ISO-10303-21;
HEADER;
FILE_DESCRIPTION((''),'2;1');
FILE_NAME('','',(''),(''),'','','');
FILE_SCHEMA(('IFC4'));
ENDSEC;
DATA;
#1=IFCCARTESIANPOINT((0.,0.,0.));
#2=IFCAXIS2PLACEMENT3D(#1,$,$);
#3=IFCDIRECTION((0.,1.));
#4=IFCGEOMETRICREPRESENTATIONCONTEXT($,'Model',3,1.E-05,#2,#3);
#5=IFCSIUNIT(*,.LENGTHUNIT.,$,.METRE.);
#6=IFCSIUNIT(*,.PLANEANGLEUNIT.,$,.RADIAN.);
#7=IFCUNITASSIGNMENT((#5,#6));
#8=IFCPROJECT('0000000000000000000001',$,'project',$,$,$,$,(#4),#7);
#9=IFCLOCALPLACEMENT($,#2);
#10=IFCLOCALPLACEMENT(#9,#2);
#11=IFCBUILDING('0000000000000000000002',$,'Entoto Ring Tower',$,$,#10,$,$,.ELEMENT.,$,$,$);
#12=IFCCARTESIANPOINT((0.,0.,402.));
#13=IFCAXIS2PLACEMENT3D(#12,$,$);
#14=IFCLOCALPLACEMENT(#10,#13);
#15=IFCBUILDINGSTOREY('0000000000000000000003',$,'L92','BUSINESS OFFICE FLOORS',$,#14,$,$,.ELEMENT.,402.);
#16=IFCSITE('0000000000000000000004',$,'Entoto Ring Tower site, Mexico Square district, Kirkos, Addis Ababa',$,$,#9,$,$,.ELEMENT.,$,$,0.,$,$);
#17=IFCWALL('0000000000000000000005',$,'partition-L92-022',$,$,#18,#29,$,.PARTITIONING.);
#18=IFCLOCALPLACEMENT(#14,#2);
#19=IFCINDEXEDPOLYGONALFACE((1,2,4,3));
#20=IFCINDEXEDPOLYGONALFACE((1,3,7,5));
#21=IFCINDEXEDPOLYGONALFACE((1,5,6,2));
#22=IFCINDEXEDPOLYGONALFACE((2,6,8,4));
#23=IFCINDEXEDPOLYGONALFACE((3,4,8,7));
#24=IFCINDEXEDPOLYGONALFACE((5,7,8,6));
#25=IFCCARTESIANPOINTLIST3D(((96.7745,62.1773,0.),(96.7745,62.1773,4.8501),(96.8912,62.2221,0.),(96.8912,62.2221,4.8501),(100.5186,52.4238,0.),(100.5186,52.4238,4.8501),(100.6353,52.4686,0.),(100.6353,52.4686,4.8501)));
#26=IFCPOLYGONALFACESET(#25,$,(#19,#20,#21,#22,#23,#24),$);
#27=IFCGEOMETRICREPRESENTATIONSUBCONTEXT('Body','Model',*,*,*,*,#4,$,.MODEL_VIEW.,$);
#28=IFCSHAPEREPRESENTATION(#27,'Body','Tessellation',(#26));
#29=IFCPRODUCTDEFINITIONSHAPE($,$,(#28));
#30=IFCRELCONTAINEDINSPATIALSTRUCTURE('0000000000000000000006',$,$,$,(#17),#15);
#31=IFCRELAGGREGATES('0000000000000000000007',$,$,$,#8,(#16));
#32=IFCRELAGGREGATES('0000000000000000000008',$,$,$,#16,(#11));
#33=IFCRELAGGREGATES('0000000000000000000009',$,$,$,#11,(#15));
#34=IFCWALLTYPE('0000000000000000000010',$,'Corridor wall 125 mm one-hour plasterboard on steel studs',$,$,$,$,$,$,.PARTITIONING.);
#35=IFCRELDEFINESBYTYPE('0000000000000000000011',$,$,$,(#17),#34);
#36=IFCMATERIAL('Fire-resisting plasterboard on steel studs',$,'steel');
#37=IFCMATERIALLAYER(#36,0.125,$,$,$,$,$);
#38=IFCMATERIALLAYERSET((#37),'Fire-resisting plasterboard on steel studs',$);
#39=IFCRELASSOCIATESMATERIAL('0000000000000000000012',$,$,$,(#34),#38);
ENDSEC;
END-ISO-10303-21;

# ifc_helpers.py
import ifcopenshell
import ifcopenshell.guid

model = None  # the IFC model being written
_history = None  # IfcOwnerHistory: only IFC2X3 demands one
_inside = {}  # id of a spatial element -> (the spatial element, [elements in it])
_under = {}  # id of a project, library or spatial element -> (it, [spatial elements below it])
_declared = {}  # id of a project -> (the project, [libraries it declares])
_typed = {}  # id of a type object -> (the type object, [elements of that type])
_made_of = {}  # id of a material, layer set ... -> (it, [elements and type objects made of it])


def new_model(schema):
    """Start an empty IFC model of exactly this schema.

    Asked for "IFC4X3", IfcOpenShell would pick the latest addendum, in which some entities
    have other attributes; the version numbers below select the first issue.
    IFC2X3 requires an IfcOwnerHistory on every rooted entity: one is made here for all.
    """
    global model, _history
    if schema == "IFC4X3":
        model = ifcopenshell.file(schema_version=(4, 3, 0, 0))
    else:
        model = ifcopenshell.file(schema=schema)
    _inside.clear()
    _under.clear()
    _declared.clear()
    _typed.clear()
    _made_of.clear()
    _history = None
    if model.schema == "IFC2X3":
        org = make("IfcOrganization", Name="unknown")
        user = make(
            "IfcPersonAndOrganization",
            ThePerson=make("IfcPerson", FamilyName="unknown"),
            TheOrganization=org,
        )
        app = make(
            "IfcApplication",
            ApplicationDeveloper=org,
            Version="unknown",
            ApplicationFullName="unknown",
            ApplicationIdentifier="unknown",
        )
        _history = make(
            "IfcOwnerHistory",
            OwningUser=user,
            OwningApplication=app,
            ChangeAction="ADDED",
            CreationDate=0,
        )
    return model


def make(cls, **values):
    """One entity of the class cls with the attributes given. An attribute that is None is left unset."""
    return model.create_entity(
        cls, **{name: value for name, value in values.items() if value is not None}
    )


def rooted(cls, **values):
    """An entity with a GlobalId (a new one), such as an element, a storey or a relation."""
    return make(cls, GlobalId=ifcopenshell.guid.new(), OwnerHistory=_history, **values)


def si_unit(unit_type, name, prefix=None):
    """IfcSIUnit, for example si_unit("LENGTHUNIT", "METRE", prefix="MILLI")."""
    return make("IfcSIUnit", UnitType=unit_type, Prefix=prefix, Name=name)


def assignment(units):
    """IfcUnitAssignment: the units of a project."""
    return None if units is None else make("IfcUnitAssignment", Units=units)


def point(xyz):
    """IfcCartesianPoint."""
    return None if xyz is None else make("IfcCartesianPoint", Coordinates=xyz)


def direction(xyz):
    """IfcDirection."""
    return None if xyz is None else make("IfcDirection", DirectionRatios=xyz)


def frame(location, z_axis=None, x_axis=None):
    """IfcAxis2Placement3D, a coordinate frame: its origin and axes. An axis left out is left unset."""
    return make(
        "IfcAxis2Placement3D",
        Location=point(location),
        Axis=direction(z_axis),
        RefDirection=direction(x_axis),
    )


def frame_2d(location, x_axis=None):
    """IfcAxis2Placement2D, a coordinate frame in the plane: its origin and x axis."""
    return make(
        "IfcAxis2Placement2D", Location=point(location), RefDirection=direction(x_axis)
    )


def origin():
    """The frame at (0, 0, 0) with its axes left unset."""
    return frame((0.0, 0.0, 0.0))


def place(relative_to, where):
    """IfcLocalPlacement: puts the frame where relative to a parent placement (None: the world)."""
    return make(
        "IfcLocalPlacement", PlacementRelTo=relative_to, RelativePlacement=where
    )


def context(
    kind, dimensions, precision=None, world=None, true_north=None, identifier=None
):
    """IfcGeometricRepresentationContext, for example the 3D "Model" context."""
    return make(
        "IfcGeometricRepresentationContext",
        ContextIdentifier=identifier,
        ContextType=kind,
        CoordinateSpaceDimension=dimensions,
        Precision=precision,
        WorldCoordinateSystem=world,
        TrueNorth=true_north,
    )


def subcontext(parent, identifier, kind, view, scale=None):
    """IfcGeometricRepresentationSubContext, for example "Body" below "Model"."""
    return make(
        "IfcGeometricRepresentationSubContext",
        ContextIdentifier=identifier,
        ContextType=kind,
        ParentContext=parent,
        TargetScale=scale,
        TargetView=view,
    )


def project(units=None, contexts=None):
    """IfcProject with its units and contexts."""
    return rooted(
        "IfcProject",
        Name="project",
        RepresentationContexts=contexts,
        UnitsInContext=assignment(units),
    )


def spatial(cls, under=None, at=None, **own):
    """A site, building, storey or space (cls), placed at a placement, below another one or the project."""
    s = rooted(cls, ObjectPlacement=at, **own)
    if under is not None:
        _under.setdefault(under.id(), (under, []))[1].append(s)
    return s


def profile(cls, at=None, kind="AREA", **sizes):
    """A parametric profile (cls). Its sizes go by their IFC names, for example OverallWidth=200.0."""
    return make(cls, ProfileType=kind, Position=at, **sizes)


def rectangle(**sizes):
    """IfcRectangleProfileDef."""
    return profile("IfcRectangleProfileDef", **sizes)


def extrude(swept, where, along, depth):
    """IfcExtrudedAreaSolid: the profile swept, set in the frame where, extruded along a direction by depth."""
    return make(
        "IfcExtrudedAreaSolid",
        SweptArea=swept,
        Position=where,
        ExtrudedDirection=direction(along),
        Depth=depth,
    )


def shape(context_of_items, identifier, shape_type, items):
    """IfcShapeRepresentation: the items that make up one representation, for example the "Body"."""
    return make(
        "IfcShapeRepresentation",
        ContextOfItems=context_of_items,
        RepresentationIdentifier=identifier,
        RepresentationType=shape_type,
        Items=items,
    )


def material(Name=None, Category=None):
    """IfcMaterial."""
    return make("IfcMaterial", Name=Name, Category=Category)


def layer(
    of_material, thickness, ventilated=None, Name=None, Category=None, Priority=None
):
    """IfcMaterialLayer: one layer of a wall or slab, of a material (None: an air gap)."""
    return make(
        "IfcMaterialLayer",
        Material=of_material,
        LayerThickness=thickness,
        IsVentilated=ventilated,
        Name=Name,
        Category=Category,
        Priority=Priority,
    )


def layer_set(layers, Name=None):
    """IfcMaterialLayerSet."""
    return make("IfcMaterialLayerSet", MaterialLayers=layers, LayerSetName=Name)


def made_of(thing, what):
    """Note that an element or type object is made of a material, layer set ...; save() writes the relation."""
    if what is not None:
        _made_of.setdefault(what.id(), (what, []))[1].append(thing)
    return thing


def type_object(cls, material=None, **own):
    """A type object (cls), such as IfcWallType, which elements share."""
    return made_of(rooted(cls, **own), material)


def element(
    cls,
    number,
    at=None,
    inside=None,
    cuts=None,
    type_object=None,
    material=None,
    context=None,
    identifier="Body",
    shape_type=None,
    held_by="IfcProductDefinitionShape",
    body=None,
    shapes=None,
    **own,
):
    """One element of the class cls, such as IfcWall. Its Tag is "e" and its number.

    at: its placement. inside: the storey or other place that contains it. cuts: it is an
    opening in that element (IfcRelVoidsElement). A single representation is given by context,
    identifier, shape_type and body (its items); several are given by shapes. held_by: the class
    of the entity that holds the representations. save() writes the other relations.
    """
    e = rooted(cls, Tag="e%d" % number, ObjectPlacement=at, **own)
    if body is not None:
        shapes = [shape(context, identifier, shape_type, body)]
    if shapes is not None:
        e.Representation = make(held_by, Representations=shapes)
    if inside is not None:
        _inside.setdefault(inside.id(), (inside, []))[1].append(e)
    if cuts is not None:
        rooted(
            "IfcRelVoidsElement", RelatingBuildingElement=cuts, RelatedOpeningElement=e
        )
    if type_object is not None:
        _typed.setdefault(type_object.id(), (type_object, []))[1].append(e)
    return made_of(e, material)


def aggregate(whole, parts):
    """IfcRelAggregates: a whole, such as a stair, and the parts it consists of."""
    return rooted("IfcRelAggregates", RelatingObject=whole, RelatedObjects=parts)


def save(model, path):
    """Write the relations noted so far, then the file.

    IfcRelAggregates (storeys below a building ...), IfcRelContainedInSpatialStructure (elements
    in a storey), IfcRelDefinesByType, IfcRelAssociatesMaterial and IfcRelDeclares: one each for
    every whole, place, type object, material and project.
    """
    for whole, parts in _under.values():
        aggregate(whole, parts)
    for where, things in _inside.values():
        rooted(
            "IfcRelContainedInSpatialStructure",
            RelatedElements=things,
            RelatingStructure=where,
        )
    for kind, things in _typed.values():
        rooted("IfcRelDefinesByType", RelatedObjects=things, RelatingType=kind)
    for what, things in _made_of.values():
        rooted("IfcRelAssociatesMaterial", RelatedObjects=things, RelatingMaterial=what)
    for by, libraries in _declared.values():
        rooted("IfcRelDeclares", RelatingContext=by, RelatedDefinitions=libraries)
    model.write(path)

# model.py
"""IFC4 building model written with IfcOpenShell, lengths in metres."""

from ifc_helpers import new_model, si_unit, direction, frame, frame_2d, origin, place, context, subcontext, project, spatial, rectangle, extrude, material, layer, layer_set, type_object, element, save


model = new_model("IFC4")

# Units and contexts
model_context = context("Model", 3, precision=1e-05, world=origin(), true_north=direction((0.0, 1.0)))
body_context = subcontext(model_context, "Body", "Model", "MODEL_VIEW")
ifc_project = project(units=[si_unit("LENGTHUNIT", "METRE"), si_unit("PLANEANGLEUNIT", "RADIAN")], contexts=[model_context])

# Site, building, storey
site_placement = place(None, origin())
site = spatial("IfcSite", under=ifc_project, at=site_placement, Name="Entoto Ring Tower site, Mexico Square district, Kirkos, Addis Ababa", CompositionType="ELEMENT", RefElevation=0.0)
building_placement = place(site_placement, origin())
building = spatial("IfcBuilding", under=site, at=building_placement, Name="Entoto Ring Tower", CompositionType="ELEMENT")
storey_placement = place(building_placement, frame((0.0, 0.0, 402.0)))
storey = spatial("IfcBuildingStorey", under=building, at=storey_placement, Name="L92", Description="BUSINESS OFFICE FLOORS", CompositionType="ELEMENT", Elevation=402.0)

# Shared definitions
ifc_material_1 = material(Name="Fire-resisting plasterboard on steel studs", Category="steel")
ifc_layer = layer(ifc_material_1, 0.125)
ifc_layer_set = layer_set([ifc_layer], Name="Fire-resisting plasterboard on steel studs")
wall_type = type_object("IfcWallType", Name="Corridor wall 125 mm one-hour plasterboard on steel studs", PredefinedType="PARTITIONING", material=ifc_layer_set)

# Wall
wall_1_placement = place(storey_placement, frame((100.5769, 52.4463, 0.0), z_axis=(0.0, 0.0, 1.0), x_axis=(-0.358373, 0.933578, 0.0)))
element("IfcWall", 1, at=wall_1_placement, inside=storey, type_object=wall_type, Name="partition-L92-022", PredefinedType="PARTITIONING", context=body_context, shape_type="SweptSolid", body=[
    extrude(rectangle(XDim=10.4475, YDim=0.125, at=frame_2d((5.2236, 0.0))), origin(), (0.0, 0.0, 1.0), 4.8501),
])

save(model, "model.ifc")
